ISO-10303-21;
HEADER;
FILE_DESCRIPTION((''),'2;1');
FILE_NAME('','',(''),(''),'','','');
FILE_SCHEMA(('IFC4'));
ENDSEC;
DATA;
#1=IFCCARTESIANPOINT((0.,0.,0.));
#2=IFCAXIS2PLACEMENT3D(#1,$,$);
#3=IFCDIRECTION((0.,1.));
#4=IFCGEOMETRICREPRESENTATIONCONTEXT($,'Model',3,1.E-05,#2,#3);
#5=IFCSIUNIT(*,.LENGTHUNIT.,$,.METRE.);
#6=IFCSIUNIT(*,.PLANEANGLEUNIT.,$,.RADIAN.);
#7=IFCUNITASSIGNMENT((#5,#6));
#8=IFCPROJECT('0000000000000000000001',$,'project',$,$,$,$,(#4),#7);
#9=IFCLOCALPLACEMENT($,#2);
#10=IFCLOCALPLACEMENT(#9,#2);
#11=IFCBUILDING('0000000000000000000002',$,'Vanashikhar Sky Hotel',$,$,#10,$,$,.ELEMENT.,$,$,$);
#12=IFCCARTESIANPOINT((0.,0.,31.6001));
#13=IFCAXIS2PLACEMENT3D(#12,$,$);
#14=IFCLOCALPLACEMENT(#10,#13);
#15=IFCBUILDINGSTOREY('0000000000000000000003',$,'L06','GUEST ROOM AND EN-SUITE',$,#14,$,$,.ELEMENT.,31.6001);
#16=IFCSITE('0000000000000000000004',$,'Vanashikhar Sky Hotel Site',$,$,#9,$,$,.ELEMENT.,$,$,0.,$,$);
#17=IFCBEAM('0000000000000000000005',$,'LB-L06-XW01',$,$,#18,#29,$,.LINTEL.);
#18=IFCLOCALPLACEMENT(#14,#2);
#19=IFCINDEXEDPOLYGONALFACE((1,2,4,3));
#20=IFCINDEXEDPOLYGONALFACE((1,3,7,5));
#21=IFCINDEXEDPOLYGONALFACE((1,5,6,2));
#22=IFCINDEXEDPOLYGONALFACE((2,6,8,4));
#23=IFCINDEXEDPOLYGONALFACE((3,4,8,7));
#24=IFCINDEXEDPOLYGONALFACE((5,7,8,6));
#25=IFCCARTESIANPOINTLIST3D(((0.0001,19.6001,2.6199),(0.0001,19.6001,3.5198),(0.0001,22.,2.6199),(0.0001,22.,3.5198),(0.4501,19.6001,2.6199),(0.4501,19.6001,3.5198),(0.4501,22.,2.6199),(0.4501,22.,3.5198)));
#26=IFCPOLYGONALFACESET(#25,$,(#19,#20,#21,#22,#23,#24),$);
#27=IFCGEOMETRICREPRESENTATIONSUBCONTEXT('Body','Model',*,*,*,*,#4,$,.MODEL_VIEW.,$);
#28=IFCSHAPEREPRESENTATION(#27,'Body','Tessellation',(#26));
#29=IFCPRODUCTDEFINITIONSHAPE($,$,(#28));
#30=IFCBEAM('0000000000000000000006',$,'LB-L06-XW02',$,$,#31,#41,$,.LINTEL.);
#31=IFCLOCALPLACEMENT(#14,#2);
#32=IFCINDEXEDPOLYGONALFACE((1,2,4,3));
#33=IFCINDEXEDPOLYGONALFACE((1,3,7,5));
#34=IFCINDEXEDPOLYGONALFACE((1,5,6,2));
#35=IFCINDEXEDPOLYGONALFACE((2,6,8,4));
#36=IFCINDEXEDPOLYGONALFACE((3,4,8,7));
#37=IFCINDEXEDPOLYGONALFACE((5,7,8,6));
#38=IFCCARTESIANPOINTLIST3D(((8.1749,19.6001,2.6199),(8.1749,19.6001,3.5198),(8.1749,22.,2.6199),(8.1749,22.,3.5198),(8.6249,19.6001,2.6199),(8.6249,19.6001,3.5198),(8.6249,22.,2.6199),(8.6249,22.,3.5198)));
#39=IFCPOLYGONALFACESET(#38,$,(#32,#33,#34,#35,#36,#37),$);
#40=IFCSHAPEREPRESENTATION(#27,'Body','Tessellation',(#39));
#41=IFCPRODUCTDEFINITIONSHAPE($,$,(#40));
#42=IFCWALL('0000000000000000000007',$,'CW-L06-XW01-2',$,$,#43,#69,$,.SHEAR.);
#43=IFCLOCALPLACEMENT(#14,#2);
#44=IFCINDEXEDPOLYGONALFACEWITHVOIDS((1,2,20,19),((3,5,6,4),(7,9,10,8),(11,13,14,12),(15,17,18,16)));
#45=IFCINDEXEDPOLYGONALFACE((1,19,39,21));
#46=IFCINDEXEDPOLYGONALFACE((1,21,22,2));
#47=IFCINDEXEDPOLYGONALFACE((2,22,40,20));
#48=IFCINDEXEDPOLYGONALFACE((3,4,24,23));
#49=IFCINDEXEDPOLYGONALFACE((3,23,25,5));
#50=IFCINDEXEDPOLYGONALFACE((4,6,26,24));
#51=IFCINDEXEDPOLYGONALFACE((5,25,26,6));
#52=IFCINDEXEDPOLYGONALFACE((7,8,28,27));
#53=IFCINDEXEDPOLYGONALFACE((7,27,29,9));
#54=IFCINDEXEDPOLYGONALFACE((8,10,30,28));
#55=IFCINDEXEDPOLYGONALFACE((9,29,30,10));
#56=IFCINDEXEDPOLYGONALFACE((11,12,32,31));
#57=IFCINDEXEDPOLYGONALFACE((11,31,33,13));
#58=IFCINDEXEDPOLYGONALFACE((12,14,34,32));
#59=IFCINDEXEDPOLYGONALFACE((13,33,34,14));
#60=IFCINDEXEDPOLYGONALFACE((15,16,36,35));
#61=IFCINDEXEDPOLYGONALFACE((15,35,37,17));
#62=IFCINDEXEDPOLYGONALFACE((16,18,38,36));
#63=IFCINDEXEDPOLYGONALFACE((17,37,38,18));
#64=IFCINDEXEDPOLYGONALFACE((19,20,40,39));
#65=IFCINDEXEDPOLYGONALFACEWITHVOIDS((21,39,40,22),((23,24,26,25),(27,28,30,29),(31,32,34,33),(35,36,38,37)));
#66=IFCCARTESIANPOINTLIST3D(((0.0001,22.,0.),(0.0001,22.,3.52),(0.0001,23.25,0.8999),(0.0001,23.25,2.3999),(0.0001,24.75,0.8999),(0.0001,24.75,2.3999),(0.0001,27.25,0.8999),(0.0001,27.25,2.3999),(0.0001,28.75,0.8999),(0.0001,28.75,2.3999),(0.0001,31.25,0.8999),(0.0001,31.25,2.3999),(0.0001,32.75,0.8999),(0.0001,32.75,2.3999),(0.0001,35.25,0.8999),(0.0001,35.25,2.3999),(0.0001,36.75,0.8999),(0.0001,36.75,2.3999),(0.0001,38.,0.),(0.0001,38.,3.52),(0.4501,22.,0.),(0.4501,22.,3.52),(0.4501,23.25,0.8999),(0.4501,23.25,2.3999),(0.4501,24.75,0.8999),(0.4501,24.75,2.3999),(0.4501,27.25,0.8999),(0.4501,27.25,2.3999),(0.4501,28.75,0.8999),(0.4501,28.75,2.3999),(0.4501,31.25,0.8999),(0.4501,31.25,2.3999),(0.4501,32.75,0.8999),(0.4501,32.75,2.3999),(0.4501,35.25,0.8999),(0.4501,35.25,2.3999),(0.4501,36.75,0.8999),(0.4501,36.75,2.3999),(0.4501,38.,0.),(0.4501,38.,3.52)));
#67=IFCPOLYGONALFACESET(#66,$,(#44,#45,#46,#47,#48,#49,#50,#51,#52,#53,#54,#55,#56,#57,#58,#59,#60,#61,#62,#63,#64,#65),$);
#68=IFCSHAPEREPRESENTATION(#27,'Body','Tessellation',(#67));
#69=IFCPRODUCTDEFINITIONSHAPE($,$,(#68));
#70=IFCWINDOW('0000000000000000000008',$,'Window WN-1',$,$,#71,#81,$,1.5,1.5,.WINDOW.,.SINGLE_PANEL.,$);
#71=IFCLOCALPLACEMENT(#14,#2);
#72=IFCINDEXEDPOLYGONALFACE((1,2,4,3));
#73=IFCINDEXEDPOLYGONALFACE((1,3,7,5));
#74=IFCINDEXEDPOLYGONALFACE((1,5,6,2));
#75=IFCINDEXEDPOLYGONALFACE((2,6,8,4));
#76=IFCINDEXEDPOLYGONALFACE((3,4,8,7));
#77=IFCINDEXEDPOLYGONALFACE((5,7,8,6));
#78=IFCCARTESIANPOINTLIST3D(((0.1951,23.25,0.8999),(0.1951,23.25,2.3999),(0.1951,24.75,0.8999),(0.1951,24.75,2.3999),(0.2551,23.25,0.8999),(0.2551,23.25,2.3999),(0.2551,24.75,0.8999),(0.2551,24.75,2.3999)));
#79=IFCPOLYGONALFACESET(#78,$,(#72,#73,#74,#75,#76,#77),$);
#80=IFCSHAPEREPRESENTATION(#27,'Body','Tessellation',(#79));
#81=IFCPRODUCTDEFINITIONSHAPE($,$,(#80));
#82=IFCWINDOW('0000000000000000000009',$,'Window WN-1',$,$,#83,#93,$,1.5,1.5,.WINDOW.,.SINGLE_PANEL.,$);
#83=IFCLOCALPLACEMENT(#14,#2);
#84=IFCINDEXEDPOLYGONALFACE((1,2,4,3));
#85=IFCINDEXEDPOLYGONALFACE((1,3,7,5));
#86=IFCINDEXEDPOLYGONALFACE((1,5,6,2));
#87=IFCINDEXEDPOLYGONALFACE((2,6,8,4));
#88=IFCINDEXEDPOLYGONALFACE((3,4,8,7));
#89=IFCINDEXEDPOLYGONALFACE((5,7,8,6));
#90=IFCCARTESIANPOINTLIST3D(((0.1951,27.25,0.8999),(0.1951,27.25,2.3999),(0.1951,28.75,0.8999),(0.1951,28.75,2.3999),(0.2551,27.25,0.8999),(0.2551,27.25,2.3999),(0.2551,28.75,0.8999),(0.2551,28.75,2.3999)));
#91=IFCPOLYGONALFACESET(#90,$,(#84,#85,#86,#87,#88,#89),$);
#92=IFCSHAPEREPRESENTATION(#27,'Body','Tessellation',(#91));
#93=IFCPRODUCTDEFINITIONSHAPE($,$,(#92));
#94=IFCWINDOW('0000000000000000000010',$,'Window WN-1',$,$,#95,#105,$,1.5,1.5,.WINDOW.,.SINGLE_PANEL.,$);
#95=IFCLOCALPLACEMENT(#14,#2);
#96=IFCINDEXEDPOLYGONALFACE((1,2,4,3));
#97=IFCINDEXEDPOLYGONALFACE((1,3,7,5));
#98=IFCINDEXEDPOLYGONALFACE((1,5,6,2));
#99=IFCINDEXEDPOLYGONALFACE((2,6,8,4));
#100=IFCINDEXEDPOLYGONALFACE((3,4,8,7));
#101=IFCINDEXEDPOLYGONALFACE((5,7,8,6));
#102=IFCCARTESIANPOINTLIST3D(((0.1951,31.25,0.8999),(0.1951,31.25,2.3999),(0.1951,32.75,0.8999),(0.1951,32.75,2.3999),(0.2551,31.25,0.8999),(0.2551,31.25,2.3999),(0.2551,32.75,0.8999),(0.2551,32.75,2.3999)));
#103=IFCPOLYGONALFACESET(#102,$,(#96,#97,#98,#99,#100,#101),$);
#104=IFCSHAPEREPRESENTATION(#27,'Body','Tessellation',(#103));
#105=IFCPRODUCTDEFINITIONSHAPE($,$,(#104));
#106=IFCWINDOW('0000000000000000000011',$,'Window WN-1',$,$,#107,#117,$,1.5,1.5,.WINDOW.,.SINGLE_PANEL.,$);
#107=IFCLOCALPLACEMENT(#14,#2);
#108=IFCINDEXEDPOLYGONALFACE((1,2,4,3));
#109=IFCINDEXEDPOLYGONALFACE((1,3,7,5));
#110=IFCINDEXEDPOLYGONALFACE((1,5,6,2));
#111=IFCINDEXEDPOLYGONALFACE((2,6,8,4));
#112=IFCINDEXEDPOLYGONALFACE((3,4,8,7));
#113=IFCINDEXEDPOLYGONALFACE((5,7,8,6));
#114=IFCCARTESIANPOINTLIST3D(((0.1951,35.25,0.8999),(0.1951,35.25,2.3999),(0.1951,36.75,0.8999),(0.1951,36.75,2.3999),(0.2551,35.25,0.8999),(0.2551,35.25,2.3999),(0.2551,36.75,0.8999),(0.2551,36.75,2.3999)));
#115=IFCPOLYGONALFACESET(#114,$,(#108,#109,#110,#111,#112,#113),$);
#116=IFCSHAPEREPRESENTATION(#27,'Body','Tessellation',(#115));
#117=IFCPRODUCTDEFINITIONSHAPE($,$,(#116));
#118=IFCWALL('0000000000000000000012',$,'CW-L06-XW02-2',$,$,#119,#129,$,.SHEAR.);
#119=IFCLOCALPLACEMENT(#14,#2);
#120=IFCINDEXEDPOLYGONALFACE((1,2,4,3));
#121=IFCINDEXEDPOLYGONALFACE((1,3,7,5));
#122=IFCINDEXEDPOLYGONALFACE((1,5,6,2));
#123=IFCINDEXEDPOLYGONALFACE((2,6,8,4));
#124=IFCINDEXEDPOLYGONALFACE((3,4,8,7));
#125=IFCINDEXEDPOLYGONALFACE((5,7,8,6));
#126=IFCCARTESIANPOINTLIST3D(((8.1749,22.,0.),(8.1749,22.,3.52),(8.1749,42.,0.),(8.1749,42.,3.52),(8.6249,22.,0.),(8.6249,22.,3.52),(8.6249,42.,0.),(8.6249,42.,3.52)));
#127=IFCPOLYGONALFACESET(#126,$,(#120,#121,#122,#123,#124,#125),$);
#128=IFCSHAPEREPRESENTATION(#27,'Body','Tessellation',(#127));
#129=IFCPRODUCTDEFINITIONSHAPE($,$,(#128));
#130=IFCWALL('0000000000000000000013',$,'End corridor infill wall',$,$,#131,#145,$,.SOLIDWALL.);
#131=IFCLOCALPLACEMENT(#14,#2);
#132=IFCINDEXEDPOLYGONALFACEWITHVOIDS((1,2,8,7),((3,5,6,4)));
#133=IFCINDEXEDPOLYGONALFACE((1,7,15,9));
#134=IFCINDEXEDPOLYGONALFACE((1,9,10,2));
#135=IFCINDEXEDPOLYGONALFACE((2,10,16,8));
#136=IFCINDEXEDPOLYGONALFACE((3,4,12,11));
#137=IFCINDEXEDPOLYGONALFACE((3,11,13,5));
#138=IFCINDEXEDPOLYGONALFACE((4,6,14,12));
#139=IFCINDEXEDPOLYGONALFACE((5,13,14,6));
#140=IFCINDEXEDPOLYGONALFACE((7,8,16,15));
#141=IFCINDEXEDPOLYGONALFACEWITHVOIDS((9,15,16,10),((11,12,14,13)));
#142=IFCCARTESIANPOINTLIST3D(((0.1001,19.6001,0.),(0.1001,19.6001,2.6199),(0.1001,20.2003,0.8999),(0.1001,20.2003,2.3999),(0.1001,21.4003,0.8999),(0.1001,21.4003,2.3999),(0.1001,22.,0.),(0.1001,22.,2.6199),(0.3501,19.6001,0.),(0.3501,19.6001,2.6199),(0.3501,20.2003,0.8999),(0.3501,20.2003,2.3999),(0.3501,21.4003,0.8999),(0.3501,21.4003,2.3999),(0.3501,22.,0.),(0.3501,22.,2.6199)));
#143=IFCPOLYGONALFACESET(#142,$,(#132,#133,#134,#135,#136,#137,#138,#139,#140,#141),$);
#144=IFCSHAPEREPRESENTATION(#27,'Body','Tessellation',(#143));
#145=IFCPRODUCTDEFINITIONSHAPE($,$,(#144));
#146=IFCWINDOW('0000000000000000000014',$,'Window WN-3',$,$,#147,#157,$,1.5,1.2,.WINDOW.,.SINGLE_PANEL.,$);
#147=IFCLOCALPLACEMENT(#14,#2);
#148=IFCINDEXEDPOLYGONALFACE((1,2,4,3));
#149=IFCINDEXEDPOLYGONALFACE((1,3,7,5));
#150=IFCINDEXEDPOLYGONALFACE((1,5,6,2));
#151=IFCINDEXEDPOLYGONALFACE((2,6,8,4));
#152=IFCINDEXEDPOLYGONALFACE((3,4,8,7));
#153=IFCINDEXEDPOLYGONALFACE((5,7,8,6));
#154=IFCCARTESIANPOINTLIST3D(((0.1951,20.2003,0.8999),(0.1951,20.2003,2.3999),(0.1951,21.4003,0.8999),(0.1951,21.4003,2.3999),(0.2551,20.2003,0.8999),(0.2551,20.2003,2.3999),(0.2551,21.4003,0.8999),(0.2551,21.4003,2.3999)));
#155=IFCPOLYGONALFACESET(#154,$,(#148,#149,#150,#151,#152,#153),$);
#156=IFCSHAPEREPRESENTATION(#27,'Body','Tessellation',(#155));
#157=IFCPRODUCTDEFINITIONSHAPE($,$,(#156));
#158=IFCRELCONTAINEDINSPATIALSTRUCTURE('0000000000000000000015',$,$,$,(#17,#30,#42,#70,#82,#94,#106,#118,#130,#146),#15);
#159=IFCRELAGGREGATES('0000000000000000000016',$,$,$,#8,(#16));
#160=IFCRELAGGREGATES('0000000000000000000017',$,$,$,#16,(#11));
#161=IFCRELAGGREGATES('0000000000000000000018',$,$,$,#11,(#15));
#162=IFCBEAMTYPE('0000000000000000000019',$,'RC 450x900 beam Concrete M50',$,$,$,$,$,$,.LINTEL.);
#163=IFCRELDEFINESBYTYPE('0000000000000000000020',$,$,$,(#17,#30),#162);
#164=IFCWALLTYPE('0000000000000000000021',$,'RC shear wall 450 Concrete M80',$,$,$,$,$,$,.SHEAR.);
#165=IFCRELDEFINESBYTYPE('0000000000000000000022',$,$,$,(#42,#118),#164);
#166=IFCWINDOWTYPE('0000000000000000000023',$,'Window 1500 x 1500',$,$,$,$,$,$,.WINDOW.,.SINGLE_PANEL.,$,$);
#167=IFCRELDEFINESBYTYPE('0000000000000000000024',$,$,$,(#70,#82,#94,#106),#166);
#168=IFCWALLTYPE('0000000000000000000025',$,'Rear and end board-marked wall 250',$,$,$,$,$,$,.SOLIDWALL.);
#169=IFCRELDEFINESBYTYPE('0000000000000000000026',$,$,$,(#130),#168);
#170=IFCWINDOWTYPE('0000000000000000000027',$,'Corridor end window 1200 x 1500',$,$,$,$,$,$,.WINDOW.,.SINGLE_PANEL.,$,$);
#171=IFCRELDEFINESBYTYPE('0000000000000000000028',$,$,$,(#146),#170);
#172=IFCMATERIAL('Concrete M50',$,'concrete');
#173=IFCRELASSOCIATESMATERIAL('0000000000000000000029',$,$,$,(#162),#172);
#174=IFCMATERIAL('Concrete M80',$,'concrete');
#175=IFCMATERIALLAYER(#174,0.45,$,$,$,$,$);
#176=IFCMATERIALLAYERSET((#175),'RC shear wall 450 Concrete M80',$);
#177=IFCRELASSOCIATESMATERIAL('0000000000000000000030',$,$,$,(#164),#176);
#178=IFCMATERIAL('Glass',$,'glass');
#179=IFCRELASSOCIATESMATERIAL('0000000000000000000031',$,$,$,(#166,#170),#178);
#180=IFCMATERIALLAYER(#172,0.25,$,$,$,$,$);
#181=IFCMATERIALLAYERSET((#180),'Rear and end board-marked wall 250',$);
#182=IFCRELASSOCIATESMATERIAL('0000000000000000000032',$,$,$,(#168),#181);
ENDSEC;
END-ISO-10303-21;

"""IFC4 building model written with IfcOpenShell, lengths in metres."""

from ifc_helpers import new_model, si_unit, direction, frame, frame_2d, origin, origin_2d, place, context, subcontext, project, spatial, rectangle, extrude, source, transform, mapped, material, layer, layer_set, material_profile, profile_set, type_object, element, fill, save


model = new_model("IFC4")

# Units and contexts
model_context = context("Model", 3, precision=1e-05, world=origin(), true_north=direction((0.0, 1.0)))
body_context = subcontext(model_context, "Body", "Model", "MODEL_VIEW")
ifc_project = project(units=[si_unit("LENGTHUNIT", "METRE"), si_unit("PLANEANGLEUNIT", "RADIAN")], contexts=[model_context])

# Site, building, storey
site_placement = place(None, origin())
site = spatial("IfcSite", under=ifc_project, at=site_placement, Name="Vanashikhar Sky Hotel Site", CompositionType="ELEMENT", RefElevation=0.0)
building_placement = place(site_placement, origin())
building = spatial("IfcBuilding", under=site, at=building_placement, Name="Vanashikhar Sky Hotel", CompositionType="ELEMENT")
storey_placement = place(building_placement, frame((0.0, 0.0, 31.6001)))
storey = spatial("IfcBuildingStorey", under=building, at=storey_placement, Name="L06", Description="GUEST ROOM AND EN-SUITE", CompositionType="ELEMENT", Elevation=31.6001)

# Beams
ifc_material_1 = material(Name="Concrete M50", Category="concrete")
ifc_material_profile = material_profile(ifc_material_1, rectangle(XDim=0.45, YDim=0.8999, at=origin_2d()))
ifc_profile_set = profile_set([ifc_material_profile], Name="RC 450x900 beam Concrete M50")
beam_type = type_object("IfcBeamType", Name="RC 450x900 beam Concrete M50", PredefinedType="LINTEL", material=ifc_profile_set)
shared_shape_1 = source(origin(), body_context, "Body", "SweptSolid", [
    extrude(rectangle(XDim=0.45, YDim=0.8999, at=origin_2d()), origin(), (0.0, 0.0, 1.0), 2.3999),
])
for number, where, z_axis, x_axis, name in (
    (1, (0.2251, 19.6001, 3.0698), (0.0, 1.0, 0.0), (-1.0, 0.0, 0.0), "LB-L06-XW01"),
    (2, (8.3999, 19.6001, 3.0698), (0.0, 1.0, 0.0), (-1.0, 0.0, 0.0), "LB-L06-XW02"),
):
    element("IfcBeam", number, at=place(storey_placement, frame(where, z_axis=z_axis, x_axis=x_axis)), inside=storey, type_object=beam_type, Name=name, PredefinedType="LINTEL", context=body_context, shape_type="MappedRepresentation", body=[
        mapped(shared_shape_1, transform((0.0, 0.0, 0.0), scale=1.0)),
    ])

# Wall, openings, windows
ifc_material_2 = material(Name="Concrete M80", Category="concrete")
ifc_layer_1 = layer(ifc_material_2, 0.45)
ifc_layer_set_1 = layer_set([ifc_layer_1], Name="RC shear wall 450 Concrete M80")
wall_type_1 = type_object("IfcWallType", Name="RC shear wall 450 Concrete M80", PredefinedType="SHEAR", material=ifc_layer_set_1)
shared_shape_2 = source(origin(), body_context, "Body", "SweptSolid", [
    extrude(rectangle(XDim=16.0, YDim=0.45, at=frame_2d((8.0, 0.0))), origin(), (0.0, 0.0, 1.0), 3.52),
])
wall_1_placement = place(storey_placement, frame((0.2251, 22.0, 0.0), z_axis=(0.0, 0.0, 1.0), x_axis=(0.0, 1.0, 0.0)))
wall_1 = element("IfcWall", 3, at=wall_1_placement, inside=storey, type_object=wall_type_1, Name="CW-L06-XW01-2", PredefinedType="SHEAR", context=body_context, shape_type="MappedRepresentation", body=[
    mapped(shared_shape_2, transform((0.0, 0.0, 0.0), scale=1.0)),
])
shared_shape_3 = source(origin(), body_context, "Body", "SweptSolid", [
    extrude(rectangle(XDim=1.5, YDim=1.5, at=frame_2d((0.75, 0.75))), frame((0.0, 0.2349, 0.0), z_axis=(0.0, -1.0, 0.0), x_axis=(1.0, 0.0, 0.0)), (0.0, 0.0, 1.0), 0.47),
])
opening_1_placement = place(wall_1_placement, frame((1.25, 0.0, 0.8999)))
opening_1 = element("IfcOpeningElement", 4, at=opening_1_placement, cuts=wall_1, PredefinedType="OPENING", context=body_context, shape_type="MappedRepresentation", body=[
    mapped(shared_shape_3, transform((0.0, 0.0, 0.0), scale=1.0)),
])
opening_2_placement = place(wall_1_placement, frame((5.25, 0.0, 0.8999)))
opening_2 = element("IfcOpeningElement", 5, at=opening_2_placement, cuts=wall_1, PredefinedType="OPENING", context=body_context, shape_type="MappedRepresentation", body=[
    mapped(shared_shape_3, transform((0.0, 0.0, 0.0), scale=1.0)),
])
opening_3_placement = place(wall_1_placement, frame((9.25, 0.0, 0.8999)))
opening_3 = element("IfcOpeningElement", 6, at=opening_3_placement, cuts=wall_1, PredefinedType="OPENING", context=body_context, shape_type="MappedRepresentation", body=[
    mapped(shared_shape_3, transform((0.0, 0.0, 0.0), scale=1.0)),
])
opening_4_placement = place(wall_1_placement, frame((13.25, 0.0, 0.8999)))
opening_4 = element("IfcOpeningElement", 7, at=opening_4_placement, cuts=wall_1, PredefinedType="OPENING", context=body_context, shape_type="MappedRepresentation", body=[
    mapped(shared_shape_3, transform((0.0, 0.0, 0.0), scale=1.0)),
])
ifc_material_3 = material(Name="Glass", Category="glass")
window_type_1 = type_object("IfcWindowType", Name="Window 1500 x 1500", PartitioningType="SINGLE_PANEL", PredefinedType="WINDOW", material=ifc_material_3)
shared_shape_4 = source(origin(), body_context, "Body", "SweptSolid", [
    extrude(rectangle(XDim=1.5, YDim=1.5, at=frame_2d((0.75, 0.75))), frame((0.0, 0.03, 0.0), z_axis=(0.0, -1.0, 0.0), x_axis=(1.0, 0.0, 0.0)), (0.0, 0.0, 1.0), 0.0601),
])
window_1_placement = place(opening_1_placement, origin())
window_1 = element("IfcWindow", 8, at=window_1_placement, inside=storey, type_object=window_type_1, Name="Window WN-1", OverallHeight=1.5, OverallWidth=1.5, PartitioningType="SINGLE_PANEL", PredefinedType="WINDOW", context=body_context, shape_type="MappedRepresentation", body=[
    mapped(shared_shape_4, transform((0.0, 0.0, 0.0), scale=1.0)),
])
fill(opening_1, window_1)
window_2_placement = place(opening_2_placement, origin())
window_2 = element("IfcWindow", 9, at=window_2_placement, inside=storey, type_object=window_type_1, Name="Window WN-1", OverallHeight=1.5, OverallWidth=1.5, PartitioningType="SINGLE_PANEL", PredefinedType="WINDOW", context=body_context, shape_type="MappedRepresentation", body=[
    mapped(shared_shape_4, transform((0.0, 0.0, 0.0), scale=1.0)),
])
fill(opening_2, window_2)
window_3_placement = place(opening_3_placement, origin())
window_3 = element("IfcWindow", 10, at=window_3_placement, inside=storey, type_object=window_type_1, Name="Window WN-1", OverallHeight=1.5, OverallWidth=1.5, PartitioningType="SINGLE_PANEL", PredefinedType="WINDOW", context=body_context, shape_type="MappedRepresentation", body=[
    mapped(shared_shape_4, transform((0.0, 0.0, 0.0), scale=1.0)),
])
fill(opening_3, window_3)
window_4_placement = place(opening_4_placement, origin())
window_4 = element("IfcWindow", 11, at=window_4_placement, inside=storey, type_object=window_type_1, Name="Window WN-1", OverallHeight=1.5, OverallWidth=1.5, PartitioningType="SINGLE_PANEL", PredefinedType="WINDOW", context=body_context, shape_type="MappedRepresentation", body=[
    mapped(shared_shape_4, transform((0.0, 0.0, 0.0), scale=1.0)),
])
fill(opening_4, window_4)

# Wall
shared_shape_5 = source(origin(), body_context, "Body", "SweptSolid", [
    extrude(rectangle(XDim=20.0, YDim=0.45, at=frame_2d((10.0, 0.0))), origin(), (0.0, 0.0, 1.0), 3.52),
])
wall_2_placement = place(storey_placement, frame((8.3999, 22.0, 0.0), z_axis=(0.0, 0.0, 1.0), x_axis=(0.0, 1.0, 0.0)))
element("IfcWall", 12, at=wall_2_placement, inside=storey, type_object=wall_type_1, Name="CW-L06-XW02-2", PredefinedType="SHEAR", context=body_context, shape_type="MappedRepresentation", body=[
    mapped(shared_shape_5, transform((0.0, 0.0, 0.0), scale=1.0)),
])

# Wall, opening, window
ifc_layer_2 = layer(ifc_material_1, 0.25)
ifc_layer_set_2 = layer_set([ifc_layer_2], Name="Rear and end board-marked wall 250")
wall_type_2 = type_object("IfcWallType", Name="Rear and end board-marked wall 250", PredefinedType="SOLIDWALL", material=ifc_layer_set_2)
shared_shape_6 = source(origin(), body_context, "Body", "SweptSolid", [
    extrude(rectangle(XDim=2.3999, YDim=0.25, at=frame_2d((1.2, 0.0))), origin(), (0.0, 0.0, 1.0), 2.6199),
])
wall_3_placement = place(storey_placement, frame((0.2251, 19.6001, 0.0), z_axis=(0.0, 0.0, 1.0), x_axis=(0.0, 1.0, 0.0)))
wall_3 = element("IfcWall", 13, at=wall_3_placement, inside=storey, type_object=wall_type_2, Name="End corridor infill wall", PredefinedType="SOLIDWALL", context=body_context, shape_type="MappedRepresentation", body=[
    mapped(shared_shape_6, transform((0.0, 0.0, 0.0), scale=1.0)),
])
shared_shape_7 = source(origin(), body_context, "Body", "SweptSolid", [
    extrude(rectangle(XDim=1.2, YDim=1.5, at=frame_2d((0.6001, 0.75))), frame((0.0, 0.135, 0.0), z_axis=(0.0, -1.0, 0.0), x_axis=(1.0, 0.0, 0.0)), (0.0, 0.0, 1.0), 0.27),
])
opening_5_placement = place(wall_3_placement, frame((0.6001, 0.0, 0.8999)))
opening_5 = element("IfcOpeningElement", 14, at=opening_5_placement, cuts=wall_3, PredefinedType="OPENING", context=body_context, shape_type="MappedRepresentation", body=[
    mapped(shared_shape_7, transform((0.0, 0.0, 0.0), scale=1.0)),
])
window_type_2 = type_object("IfcWindowType", Name="Corridor end window 1200 x 1500", PartitioningType="SINGLE_PANEL", PredefinedType="WINDOW", material=ifc_material_3)
shared_shape_8 = source(origin(), body_context, "Body", "SweptSolid", [
    extrude(rectangle(XDim=1.2, YDim=1.5, at=frame_2d((0.6001, 0.75))), frame((0.0, 0.03, 0.0), z_axis=(0.0, -1.0, 0.0), x_axis=(1.0, 0.0, 0.0)), (0.0, 0.0, 1.0), 0.0601),
])
window_5_placement = place(opening_5_placement, origin())
window_5 = element("IfcWindow", 15, at=window_5_placement, inside=storey, type_object=window_type_2, Name="Window WN-3", OverallHeight=1.5, OverallWidth=1.2, PartitioningType="SINGLE_PANEL", PredefinedType="WINDOW", context=body_context, shape_type="MappedRepresentation", body=[
    mapped(shared_shape_8, transform((0.0, 0.0, 0.0), scale=1.0)),
])
fill(opening_5, window_5)

save(model, "model.ifc")
